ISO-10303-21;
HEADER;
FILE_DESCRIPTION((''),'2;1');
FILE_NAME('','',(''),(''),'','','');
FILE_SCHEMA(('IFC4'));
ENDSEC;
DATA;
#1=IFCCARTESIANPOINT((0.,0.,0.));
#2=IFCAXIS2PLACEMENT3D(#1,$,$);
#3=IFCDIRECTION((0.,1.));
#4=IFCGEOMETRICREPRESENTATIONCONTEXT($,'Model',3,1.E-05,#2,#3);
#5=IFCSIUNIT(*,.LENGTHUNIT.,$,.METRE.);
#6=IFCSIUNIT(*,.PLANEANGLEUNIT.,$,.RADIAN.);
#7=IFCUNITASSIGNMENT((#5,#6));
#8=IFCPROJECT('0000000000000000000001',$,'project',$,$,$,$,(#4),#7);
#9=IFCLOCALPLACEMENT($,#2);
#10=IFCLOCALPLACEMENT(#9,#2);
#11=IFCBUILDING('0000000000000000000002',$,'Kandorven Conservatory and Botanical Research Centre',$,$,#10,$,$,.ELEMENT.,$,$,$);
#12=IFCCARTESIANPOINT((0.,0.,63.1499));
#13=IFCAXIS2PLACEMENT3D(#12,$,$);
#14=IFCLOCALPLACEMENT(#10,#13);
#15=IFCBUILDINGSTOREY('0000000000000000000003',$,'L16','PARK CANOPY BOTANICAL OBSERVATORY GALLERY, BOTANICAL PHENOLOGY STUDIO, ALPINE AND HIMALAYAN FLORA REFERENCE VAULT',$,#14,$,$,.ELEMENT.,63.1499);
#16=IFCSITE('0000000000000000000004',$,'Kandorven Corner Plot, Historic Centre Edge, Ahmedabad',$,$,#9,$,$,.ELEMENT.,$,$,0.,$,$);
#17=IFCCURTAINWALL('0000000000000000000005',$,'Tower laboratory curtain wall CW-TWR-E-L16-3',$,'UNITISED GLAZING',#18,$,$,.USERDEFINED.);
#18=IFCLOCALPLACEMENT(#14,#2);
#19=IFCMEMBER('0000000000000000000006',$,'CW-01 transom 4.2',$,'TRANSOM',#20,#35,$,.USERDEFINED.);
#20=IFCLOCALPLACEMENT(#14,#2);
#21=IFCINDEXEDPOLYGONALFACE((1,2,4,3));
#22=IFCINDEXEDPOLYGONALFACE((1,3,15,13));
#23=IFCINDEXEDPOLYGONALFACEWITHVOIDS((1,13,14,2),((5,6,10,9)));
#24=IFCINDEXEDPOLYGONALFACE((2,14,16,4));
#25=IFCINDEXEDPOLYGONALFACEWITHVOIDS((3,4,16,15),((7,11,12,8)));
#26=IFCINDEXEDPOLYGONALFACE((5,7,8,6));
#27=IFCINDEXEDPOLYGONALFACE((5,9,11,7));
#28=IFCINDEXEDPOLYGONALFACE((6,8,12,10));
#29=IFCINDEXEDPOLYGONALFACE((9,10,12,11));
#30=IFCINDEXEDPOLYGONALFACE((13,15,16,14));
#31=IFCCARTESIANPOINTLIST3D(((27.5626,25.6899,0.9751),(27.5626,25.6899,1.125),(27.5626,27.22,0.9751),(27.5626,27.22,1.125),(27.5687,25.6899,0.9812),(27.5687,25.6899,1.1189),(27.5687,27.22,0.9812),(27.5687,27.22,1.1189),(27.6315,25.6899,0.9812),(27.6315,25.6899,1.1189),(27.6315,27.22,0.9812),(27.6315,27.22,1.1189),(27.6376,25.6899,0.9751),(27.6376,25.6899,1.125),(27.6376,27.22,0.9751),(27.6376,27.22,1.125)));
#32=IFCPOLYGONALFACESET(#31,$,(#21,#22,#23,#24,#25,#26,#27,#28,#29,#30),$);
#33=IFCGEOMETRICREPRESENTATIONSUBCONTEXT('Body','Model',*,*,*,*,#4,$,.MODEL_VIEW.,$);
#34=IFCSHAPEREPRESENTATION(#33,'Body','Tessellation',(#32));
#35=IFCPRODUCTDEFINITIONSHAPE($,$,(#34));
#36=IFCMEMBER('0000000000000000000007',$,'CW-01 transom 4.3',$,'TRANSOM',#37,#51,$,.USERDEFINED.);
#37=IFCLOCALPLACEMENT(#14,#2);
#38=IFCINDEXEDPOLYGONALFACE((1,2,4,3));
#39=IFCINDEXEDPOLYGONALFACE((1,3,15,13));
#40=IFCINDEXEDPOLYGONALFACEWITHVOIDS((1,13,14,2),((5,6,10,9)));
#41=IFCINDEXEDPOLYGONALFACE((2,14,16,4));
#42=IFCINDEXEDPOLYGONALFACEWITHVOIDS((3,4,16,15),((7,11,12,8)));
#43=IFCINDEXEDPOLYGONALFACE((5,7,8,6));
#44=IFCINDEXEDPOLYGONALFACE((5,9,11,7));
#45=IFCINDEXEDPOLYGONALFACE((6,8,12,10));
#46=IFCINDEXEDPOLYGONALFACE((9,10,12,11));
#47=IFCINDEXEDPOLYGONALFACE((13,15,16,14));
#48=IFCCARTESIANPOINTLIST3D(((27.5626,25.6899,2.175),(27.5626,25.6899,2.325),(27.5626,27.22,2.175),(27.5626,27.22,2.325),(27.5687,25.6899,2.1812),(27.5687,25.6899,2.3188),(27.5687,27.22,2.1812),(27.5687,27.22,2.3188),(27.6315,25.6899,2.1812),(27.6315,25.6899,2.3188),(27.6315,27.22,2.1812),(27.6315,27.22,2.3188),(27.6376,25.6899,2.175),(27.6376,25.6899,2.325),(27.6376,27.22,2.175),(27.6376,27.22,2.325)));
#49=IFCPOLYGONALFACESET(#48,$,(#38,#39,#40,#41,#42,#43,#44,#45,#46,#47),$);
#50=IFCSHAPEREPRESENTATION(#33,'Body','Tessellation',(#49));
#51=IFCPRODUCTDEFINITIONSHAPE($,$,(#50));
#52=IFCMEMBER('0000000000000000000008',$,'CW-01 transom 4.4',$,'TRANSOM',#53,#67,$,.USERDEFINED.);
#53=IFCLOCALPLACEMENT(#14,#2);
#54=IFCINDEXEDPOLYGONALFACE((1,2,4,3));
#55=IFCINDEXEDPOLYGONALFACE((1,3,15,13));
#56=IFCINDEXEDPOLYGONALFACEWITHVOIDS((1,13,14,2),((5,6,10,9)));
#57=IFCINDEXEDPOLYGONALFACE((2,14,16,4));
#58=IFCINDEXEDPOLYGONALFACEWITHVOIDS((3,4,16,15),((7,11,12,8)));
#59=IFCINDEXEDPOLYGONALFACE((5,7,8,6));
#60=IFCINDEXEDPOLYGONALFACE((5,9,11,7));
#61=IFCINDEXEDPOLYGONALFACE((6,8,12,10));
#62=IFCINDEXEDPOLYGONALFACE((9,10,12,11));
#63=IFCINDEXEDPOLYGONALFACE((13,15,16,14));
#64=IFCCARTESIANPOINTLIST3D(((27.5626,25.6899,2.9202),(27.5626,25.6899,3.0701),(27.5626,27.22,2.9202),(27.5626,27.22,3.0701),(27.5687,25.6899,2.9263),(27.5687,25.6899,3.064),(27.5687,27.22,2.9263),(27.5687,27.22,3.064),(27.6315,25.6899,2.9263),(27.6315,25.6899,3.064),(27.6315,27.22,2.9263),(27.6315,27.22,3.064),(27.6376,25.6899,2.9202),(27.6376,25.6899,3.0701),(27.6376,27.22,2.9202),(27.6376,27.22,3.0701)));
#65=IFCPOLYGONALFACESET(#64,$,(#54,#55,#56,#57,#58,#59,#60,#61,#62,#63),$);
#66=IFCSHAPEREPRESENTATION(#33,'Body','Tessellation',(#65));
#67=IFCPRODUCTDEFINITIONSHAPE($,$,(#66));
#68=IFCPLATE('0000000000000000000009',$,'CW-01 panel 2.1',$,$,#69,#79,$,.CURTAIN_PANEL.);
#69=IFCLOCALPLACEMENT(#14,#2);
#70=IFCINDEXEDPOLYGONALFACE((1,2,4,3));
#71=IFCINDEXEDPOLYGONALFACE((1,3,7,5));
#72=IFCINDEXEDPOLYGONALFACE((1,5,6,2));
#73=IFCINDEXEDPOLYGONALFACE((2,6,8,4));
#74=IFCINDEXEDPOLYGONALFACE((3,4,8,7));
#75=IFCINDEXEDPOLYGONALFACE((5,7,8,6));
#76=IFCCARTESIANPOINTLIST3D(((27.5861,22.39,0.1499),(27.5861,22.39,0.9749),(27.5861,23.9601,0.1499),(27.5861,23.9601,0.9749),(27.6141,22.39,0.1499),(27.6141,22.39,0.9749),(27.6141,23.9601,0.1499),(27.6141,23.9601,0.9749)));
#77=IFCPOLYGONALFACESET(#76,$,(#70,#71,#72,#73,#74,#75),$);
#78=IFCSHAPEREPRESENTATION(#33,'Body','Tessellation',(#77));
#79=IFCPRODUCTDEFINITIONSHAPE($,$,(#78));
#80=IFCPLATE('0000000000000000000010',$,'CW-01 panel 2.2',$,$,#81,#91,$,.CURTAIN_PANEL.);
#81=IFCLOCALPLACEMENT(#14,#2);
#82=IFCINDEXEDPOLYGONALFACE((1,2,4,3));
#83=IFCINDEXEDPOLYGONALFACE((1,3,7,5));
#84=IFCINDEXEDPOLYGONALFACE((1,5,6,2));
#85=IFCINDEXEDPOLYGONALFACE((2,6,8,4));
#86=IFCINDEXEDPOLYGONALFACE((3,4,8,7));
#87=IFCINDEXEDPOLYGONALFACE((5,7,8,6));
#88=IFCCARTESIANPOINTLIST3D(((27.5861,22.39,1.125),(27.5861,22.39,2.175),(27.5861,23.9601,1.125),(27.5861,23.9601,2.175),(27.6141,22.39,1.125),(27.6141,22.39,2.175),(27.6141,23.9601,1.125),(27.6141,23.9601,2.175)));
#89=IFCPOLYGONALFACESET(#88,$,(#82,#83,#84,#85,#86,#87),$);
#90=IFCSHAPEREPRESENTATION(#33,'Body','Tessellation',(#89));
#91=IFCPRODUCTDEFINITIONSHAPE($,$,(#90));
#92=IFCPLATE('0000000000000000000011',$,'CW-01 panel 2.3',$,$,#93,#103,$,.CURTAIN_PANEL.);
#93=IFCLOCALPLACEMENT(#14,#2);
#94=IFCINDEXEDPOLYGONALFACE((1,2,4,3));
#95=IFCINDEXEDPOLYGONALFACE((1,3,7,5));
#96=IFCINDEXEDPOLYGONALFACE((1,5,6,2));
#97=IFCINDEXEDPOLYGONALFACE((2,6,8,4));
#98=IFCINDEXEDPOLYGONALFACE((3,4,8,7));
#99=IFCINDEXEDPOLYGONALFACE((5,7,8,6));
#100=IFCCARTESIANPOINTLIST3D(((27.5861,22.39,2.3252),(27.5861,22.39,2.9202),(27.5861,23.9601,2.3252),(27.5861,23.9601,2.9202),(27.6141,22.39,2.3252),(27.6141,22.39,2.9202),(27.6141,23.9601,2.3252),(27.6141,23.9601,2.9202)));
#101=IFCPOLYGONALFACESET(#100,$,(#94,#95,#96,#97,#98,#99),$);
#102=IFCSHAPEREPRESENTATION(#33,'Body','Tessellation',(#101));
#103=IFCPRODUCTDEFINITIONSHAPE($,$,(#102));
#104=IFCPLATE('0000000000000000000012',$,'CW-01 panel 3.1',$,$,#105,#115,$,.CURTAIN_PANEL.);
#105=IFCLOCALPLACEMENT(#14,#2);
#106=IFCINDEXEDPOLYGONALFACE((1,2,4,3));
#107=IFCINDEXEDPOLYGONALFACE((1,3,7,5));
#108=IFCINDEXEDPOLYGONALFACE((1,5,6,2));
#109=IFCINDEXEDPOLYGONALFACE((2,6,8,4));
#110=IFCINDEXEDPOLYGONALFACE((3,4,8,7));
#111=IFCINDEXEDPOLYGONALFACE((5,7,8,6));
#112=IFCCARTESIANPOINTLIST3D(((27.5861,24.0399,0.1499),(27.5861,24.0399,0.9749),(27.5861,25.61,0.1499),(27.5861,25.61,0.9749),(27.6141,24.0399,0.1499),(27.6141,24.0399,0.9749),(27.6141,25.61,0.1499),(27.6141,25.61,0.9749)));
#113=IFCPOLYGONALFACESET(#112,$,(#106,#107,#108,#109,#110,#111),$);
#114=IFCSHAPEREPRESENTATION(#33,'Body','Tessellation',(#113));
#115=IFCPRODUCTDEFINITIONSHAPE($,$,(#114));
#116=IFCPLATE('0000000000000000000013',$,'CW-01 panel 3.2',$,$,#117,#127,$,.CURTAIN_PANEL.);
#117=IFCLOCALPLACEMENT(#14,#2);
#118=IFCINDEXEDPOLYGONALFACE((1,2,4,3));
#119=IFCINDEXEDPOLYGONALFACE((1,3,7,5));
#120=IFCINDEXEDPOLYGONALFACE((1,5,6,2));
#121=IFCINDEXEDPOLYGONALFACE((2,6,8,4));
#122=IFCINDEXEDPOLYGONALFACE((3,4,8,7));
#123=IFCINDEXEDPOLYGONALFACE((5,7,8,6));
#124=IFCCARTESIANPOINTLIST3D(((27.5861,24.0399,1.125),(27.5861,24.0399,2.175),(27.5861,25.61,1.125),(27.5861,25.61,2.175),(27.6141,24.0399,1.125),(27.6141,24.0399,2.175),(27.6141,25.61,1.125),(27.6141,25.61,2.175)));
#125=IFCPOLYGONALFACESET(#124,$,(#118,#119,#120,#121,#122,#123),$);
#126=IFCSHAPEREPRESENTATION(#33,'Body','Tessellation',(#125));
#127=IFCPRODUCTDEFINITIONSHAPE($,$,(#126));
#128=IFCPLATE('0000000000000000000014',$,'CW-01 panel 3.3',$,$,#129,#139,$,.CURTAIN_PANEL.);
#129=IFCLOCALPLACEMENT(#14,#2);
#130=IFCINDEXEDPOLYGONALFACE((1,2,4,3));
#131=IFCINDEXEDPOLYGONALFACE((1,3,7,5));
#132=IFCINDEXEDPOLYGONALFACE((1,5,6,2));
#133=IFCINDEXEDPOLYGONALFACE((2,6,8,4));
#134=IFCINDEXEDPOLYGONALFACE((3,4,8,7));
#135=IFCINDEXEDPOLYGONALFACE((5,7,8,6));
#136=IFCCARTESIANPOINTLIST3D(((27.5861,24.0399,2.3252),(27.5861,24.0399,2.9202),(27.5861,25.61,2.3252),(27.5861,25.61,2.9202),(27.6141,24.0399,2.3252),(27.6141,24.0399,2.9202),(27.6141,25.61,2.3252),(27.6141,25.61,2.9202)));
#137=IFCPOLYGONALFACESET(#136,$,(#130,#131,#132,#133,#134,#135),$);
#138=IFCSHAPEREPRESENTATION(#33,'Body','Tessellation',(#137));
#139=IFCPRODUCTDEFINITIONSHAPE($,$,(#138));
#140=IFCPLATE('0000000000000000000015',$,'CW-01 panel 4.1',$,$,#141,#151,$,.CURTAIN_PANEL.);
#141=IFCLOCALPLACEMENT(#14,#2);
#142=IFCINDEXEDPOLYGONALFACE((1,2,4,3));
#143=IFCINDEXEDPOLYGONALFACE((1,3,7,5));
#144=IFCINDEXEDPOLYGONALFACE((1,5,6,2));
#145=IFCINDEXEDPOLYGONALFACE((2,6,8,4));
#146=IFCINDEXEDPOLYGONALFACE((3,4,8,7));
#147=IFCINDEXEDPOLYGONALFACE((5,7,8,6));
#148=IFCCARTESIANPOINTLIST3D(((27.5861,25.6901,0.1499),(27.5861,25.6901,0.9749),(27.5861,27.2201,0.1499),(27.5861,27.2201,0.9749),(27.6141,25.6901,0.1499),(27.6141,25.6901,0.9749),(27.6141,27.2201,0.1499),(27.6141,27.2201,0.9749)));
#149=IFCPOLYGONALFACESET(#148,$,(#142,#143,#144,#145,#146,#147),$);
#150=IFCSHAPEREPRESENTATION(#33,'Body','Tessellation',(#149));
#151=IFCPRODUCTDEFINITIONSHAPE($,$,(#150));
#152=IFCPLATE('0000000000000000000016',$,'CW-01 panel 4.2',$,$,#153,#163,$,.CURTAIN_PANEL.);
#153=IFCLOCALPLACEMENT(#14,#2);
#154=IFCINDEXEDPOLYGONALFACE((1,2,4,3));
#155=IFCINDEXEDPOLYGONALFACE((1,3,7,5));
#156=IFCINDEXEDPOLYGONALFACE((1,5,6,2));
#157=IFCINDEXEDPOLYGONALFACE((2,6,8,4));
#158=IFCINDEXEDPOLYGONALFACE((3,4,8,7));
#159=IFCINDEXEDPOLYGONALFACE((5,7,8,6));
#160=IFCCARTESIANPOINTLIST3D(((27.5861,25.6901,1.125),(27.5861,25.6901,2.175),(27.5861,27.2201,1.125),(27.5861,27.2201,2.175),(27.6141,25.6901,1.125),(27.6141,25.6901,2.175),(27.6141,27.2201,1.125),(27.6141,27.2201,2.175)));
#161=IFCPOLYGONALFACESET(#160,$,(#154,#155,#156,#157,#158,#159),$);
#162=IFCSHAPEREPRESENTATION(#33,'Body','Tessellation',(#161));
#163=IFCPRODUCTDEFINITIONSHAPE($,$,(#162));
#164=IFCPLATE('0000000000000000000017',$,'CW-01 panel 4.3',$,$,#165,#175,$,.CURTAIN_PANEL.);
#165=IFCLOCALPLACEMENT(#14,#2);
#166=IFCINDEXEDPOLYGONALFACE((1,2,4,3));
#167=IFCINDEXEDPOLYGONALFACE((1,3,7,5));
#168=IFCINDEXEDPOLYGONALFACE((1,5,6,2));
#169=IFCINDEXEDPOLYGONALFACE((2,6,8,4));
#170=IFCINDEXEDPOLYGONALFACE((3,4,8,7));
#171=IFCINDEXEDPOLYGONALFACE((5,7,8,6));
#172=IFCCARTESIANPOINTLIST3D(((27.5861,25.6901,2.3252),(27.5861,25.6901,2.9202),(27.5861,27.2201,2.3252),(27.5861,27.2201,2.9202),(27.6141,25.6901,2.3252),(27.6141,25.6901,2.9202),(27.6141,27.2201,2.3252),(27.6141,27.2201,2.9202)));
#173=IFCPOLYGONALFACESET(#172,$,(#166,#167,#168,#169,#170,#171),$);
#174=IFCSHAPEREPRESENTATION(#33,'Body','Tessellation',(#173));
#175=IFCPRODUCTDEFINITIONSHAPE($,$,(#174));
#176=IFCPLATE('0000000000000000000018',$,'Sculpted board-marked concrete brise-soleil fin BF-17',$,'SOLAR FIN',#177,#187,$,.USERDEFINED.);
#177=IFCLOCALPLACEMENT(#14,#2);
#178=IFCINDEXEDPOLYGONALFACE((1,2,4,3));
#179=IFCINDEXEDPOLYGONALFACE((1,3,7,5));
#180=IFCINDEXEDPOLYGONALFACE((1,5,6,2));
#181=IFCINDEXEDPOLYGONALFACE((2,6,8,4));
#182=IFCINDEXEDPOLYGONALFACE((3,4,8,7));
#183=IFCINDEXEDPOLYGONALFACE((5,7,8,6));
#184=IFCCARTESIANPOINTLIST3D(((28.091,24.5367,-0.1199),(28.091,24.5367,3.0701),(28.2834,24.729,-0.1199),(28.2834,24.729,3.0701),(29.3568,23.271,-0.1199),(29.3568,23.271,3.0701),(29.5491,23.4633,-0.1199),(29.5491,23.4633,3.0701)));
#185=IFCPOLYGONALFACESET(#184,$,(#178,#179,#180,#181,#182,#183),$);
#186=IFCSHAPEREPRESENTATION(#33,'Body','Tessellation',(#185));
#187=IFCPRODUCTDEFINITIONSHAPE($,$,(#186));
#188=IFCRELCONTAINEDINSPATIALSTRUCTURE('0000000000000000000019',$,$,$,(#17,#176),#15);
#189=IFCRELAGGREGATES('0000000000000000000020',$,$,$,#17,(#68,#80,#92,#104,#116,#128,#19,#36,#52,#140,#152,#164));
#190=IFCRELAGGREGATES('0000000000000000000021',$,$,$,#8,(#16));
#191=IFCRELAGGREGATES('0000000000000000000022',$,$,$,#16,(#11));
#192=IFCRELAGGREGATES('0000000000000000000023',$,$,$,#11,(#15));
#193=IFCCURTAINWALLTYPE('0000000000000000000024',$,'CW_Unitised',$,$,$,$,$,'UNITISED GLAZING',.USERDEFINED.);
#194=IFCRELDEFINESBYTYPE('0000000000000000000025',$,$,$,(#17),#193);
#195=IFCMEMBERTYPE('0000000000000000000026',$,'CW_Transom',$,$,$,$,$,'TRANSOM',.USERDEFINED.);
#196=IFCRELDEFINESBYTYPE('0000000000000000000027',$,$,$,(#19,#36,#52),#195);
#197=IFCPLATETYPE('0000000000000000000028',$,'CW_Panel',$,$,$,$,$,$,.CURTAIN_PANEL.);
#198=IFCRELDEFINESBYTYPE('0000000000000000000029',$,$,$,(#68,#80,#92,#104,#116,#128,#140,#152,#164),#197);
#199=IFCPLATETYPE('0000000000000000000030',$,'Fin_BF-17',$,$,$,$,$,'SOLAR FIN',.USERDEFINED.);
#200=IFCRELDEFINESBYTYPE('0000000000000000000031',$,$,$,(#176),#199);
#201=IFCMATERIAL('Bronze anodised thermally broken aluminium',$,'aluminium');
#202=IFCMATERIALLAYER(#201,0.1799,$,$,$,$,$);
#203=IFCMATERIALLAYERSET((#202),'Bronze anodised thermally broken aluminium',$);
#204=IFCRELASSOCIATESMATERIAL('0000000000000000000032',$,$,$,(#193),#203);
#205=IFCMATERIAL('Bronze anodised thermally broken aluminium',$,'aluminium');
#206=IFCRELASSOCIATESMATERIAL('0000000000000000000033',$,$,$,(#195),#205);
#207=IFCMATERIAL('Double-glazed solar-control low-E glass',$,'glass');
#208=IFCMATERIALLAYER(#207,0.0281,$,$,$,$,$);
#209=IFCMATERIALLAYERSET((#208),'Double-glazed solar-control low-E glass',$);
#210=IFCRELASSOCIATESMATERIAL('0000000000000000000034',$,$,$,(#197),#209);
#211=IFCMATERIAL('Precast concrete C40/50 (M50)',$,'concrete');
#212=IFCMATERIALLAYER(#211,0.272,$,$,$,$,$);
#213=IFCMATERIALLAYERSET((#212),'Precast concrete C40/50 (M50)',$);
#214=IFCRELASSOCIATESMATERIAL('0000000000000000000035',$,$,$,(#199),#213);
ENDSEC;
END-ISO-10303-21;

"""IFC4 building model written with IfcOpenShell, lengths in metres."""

from ifc_helpers import new_model, si_unit, direction, frame, origin, origin_2d, place, context, subcontext, project, spatial, rectangle, hollow_rectangle, extrude, material, layer, layer_set, material_profile, profile_set, type_object, element, aggregate, save


model = new_model("IFC4")

# Units and contexts
model_context = context("Model", 3, precision=1e-05, world=origin(), true_north=direction((0.0, 1.0)))
body_context = subcontext(model_context, "Body", "Model", "MODEL_VIEW")
ifc_project = project(units=[si_unit("LENGTHUNIT", "METRE"), si_unit("PLANEANGLEUNIT", "RADIAN")], contexts=[model_context])

# Site, building, storey
site_placement = place(None, origin())
site = spatial("IfcSite", under=ifc_project, at=site_placement, Name="Kandorven Corner Plot, Historic Centre Edge, Ahmedabad", CompositionType="ELEMENT", RefElevation=0.0)
building_placement = place(site_placement, origin())
building = spatial("IfcBuilding", under=site, at=building_placement, Name="Kandorven Conservatory and Botanical Research Centre", CompositionType="ELEMENT")
storey_placement = place(building_placement, frame((0.0, 0.0, 63.1499)))
storey = spatial("IfcBuildingStorey", under=building, at=storey_placement, Name="L16", Description="PARK CANOPY BOTANICAL OBSERVATORY GALLERY, BOTANICAL PHENOLOGY STUDIO, ALPINE AND HIMALAYAN FLORA REFERENCE VAULT", CompositionType="ELEMENT", Elevation=63.1499)

# Shared definitions
ifc_material_1 = material(Name="Bronze anodised thermally broken aluminium", Category="aluminium")
ifc_layer_1 = layer(ifc_material_1, 0.1799)
ifc_layer_set_1 = layer_set([ifc_layer_1], Name="Bronze anodised thermally broken aluminium")
curtain_wall_type = type_object("IfcCurtainWallType", Name="CW_Unitised", ElementType="UNITISED GLAZING", PredefinedType="USERDEFINED", material=ifc_layer_set_1)

# Curtain wall, members, plates
curtain_wall_1_placement = place(storey_placement, origin())
curtain_wall_1 = element("IfcCurtainWall", 1, at=curtain_wall_1_placement, inside=storey, type_object=curtain_wall_type, Name="Tower laboratory curtain wall CW-TWR-E-L16-3", ObjectType="UNITISED GLAZING", PredefinedType="USERDEFINED")
ifc_material_2 = material(Name="Bronze anodised thermally broken aluminium", Category="aluminium")
ifc_material_profile_1 = material_profile(ifc_material_2, hollow_rectangle(XDim=0.075, YDim=0.1499, WallThickness=0.0061, at=origin_2d()))
ifc_profile_set_1 = profile_set([ifc_material_profile_1], Name="Bronze anodised thermally broken aluminium")
member_type_1 = type_object("IfcMemberType", Name="CW_Transom", ElementType="TRANSOM", PredefinedType="USERDEFINED", material=ifc_profile_set_1)
member_1_placement = place(storey_placement, frame((27.6001, 25.6899, 1.05), z_axis=(0.0, 1.0, 0.0), x_axis=(-1.0, 0.0, 0.0)))
member_1 = element("IfcMember", 2, at=member_1_placement, type_object=member_type_1, Name="CW-01 transom 4.2", ObjectType="TRANSOM", PredefinedType="USERDEFINED", context=body_context, shape_type="SweptSolid", body=[
    extrude(hollow_rectangle(XDim=0.075, YDim=0.1499, WallThickness=0.0061, at=origin_2d()), origin(), (0.0, 0.0, 1.0), 1.53),
])
member_2_placement = place(storey_placement, frame((27.6001, 25.6899, 2.25), z_axis=(0.0, 1.0, 0.0), x_axis=(-1.0, 0.0, 0.0)))
member_2 = element("IfcMember", 3, at=member_2_placement, type_object=member_type_1, Name="CW-01 transom 4.3", ObjectType="TRANSOM", PredefinedType="USERDEFINED", context=body_context, shape_type="SweptSolid", body=[
    extrude(hollow_rectangle(XDim=0.075, YDim=0.1499, WallThickness=0.0061, at=origin_2d()), origin(), (0.0, 0.0, 1.0), 1.53),
])
member_3_placement = place(storey_placement, frame((27.6001, 25.6899, 2.9951), z_axis=(0.0, 1.0, 0.0), x_axis=(-1.0, 0.0, 0.0)))
member_3 = element("IfcMember", 4, at=member_3_placement, type_object=member_type_1, Name="CW-01 transom 4.4", ObjectType="TRANSOM", PredefinedType="USERDEFINED", context=body_context, shape_type="SweptSolid", body=[
    extrude(hollow_rectangle(XDim=0.075, YDim=0.1499, WallThickness=0.0061, at=origin_2d()), origin(), (0.0, 0.0, 1.0), 1.53),
])
ifc_material_3 = material(Name="Double-glazed solar-control low-E glass", Category="glass")
ifc_layer_2 = layer(ifc_material_3, 0.0281)
ifc_layer_set_2 = layer_set([ifc_layer_2], Name="Double-glazed solar-control low-E glass")
plate_type_1 = type_object("IfcPlateType", Name="CW_Panel", PredefinedType="CURTAIN_PANEL", material=ifc_layer_set_2)
plate_1_placement = place(storey_placement, frame((27.6001, 23.175, 0.1499), z_axis=(0.0, 0.0, 1.0), x_axis=(0.0, 1.0, 0.0)))
plate_1 = element("IfcPlate", 5, at=plate_1_placement, type_object=plate_type_1, Name="CW-01 panel 2.1", PredefinedType="CURTAIN_PANEL", context=body_context, shape_type="SweptSolid", body=[
    extrude(rectangle(XDim=1.5701, YDim=0.0281, at=origin_2d()), origin(), (0.0, 0.0, 1.0), 0.825),
])
plate_2_placement = place(storey_placement, frame((27.6001, 23.175, 1.125), z_axis=(0.0, 0.0, 1.0), x_axis=(0.0, 1.0, 0.0)))
plate_2 = element("IfcPlate", 6, at=plate_2_placement, type_object=plate_type_1, Name="CW-01 panel 2.2", PredefinedType="CURTAIN_PANEL", context=body_context, shape_type="SweptSolid", body=[
    extrude(rectangle(XDim=1.5701, YDim=0.0281, at=origin_2d()), origin(), (0.0, 0.0, 1.0), 1.05),
])
plate_3_placement = place(storey_placement, frame((27.6001, 23.175, 2.3252), z_axis=(0.0, 0.0, 1.0), x_axis=(0.0, 1.0, 0.0)))
plate_3 = element("IfcPlate", 7, at=plate_3_placement, type_object=plate_type_1, Name="CW-01 panel 2.3", PredefinedType="CURTAIN_PANEL", context=body_context, shape_type="SweptSolid", body=[
    extrude(rectangle(XDim=1.5701, YDim=0.0281, at=origin_2d()), origin(), (0.0, 0.0, 1.0), 0.595),
])
plate_4_placement = place(storey_placement, frame((27.6001, 24.825, 0.1499), z_axis=(0.0, 0.0, 1.0), x_axis=(0.0, 1.0, 0.0)))
plate_4 = element("IfcPlate", 8, at=plate_4_placement, type_object=plate_type_1, Name="CW-01 panel 3.1", PredefinedType="CURTAIN_PANEL", context=body_context, shape_type="SweptSolid", body=[
    extrude(rectangle(XDim=1.5701, YDim=0.0281, at=origin_2d()), origin(), (0.0, 0.0, 1.0), 0.825),
])
plate_5_placement = place(storey_placement, frame((27.6001, 24.825, 1.125), z_axis=(0.0, 0.0, 1.0), x_axis=(0.0, 1.0, 0.0)))
plate_5 = element("IfcPlate", 9, at=plate_5_placement, type_object=plate_type_1, Name="CW-01 panel 3.2", PredefinedType="CURTAIN_PANEL", context=body_context, shape_type="SweptSolid", body=[
    extrude(rectangle(XDim=1.5701, YDim=0.0281, at=origin_2d()), origin(), (0.0, 0.0, 1.0), 1.05),
])
plate_6_placement = place(storey_placement, frame((27.6001, 24.825, 2.3252), z_axis=(0.0, 0.0, 1.0), x_axis=(0.0, 1.0, 0.0)))
plate_6 = element("IfcPlate", 10, at=plate_6_placement, type_object=plate_type_1, Name="CW-01 panel 3.3", PredefinedType="CURTAIN_PANEL", context=body_context, shape_type="SweptSolid", body=[
    extrude(rectangle(XDim=1.5701, YDim=0.0281, at=origin_2d()), origin(), (0.0, 0.0, 1.0), 0.595),
])
plate_7_placement = place(storey_placement, frame((27.6001, 26.4551, 0.1499), z_axis=(0.0, 0.0, 1.0), x_axis=(0.0, 1.0, 0.0)))
plate_7 = element("IfcPlate", 11, at=plate_7_placement, type_object=plate_type_1, Name="CW-01 panel 4.1", PredefinedType="CURTAIN_PANEL", context=body_context, shape_type="SweptSolid", body=[
    extrude(rectangle(XDim=1.53, YDim=0.0281, at=origin_2d()), origin(), (0.0, 0.0, 1.0), 0.825),
])
plate_8_placement = place(storey_placement, frame((27.6001, 26.4551, 1.125), z_axis=(0.0, 0.0, 1.0), x_axis=(0.0, 1.0, 0.0)))
plate_8 = element("IfcPlate", 12, at=plate_8_placement, type_object=plate_type_1, Name="CW-01 panel 4.2", PredefinedType="CURTAIN_PANEL", context=body_context, shape_type="SweptSolid", body=[
    extrude(rectangle(XDim=1.53, YDim=0.0281, at=origin_2d()), origin(), (0.0, 0.0, 1.0), 1.05),
])
plate_9_placement = place(storey_placement, frame((27.6001, 26.4551, 2.3252), z_axis=(0.0, 0.0, 1.0), x_axis=(0.0, 1.0, 0.0)))
plate_9 = element("IfcPlate", 13, at=plate_9_placement, type_object=plate_type_1, Name="CW-01 panel 4.3", PredefinedType="CURTAIN_PANEL", context=body_context, shape_type="SweptSolid", body=[
    extrude(rectangle(XDim=1.53, YDim=0.0281, at=origin_2d()), origin(), (0.0, 0.0, 1.0), 0.595),
])
aggregate(curtain_wall_1, [plate_1, plate_2, plate_3, plate_4, plate_5, plate_6, member_1, member_2, member_3, plate_7, plate_8, plate_9])

# Plate
ifc_material_4 = material(Name="Precast concrete C40/50 (M50)", Category="concrete")
ifc_layer_3 = layer(ifc_material_4, 0.272)
ifc_layer_set_3 = layer_set([ifc_layer_3], Name="Precast concrete C40/50 (M50)")
plate_type_2 = type_object("IfcPlateType", Name="Fin_BF-17", ElementType="SOLAR FIN", PredefinedType="USERDEFINED", material=ifc_layer_set_3)
plate_10_placement = place(storey_placement, frame((28.8201, 24.0, -0.1199), z_axis=(0.0, 0.0, 1.0), x_axis=(-0.707107, 0.707107, 0.0)))
element("IfcPlate", 14, at=plate_10_placement, inside=storey, type_object=plate_type_2, Name="Sculpted board-marked concrete brise-soleil fin BF-17", ObjectType="SOLAR FIN", PredefinedType="USERDEFINED", context=body_context, shape_type="SweptSolid", body=[
    extrude(rectangle(XDim=1.79, YDim=0.272, at=origin_2d()), origin(), (0.0, 0.0, 1.0), 3.1899),
])

save(model, "model.ifc")
